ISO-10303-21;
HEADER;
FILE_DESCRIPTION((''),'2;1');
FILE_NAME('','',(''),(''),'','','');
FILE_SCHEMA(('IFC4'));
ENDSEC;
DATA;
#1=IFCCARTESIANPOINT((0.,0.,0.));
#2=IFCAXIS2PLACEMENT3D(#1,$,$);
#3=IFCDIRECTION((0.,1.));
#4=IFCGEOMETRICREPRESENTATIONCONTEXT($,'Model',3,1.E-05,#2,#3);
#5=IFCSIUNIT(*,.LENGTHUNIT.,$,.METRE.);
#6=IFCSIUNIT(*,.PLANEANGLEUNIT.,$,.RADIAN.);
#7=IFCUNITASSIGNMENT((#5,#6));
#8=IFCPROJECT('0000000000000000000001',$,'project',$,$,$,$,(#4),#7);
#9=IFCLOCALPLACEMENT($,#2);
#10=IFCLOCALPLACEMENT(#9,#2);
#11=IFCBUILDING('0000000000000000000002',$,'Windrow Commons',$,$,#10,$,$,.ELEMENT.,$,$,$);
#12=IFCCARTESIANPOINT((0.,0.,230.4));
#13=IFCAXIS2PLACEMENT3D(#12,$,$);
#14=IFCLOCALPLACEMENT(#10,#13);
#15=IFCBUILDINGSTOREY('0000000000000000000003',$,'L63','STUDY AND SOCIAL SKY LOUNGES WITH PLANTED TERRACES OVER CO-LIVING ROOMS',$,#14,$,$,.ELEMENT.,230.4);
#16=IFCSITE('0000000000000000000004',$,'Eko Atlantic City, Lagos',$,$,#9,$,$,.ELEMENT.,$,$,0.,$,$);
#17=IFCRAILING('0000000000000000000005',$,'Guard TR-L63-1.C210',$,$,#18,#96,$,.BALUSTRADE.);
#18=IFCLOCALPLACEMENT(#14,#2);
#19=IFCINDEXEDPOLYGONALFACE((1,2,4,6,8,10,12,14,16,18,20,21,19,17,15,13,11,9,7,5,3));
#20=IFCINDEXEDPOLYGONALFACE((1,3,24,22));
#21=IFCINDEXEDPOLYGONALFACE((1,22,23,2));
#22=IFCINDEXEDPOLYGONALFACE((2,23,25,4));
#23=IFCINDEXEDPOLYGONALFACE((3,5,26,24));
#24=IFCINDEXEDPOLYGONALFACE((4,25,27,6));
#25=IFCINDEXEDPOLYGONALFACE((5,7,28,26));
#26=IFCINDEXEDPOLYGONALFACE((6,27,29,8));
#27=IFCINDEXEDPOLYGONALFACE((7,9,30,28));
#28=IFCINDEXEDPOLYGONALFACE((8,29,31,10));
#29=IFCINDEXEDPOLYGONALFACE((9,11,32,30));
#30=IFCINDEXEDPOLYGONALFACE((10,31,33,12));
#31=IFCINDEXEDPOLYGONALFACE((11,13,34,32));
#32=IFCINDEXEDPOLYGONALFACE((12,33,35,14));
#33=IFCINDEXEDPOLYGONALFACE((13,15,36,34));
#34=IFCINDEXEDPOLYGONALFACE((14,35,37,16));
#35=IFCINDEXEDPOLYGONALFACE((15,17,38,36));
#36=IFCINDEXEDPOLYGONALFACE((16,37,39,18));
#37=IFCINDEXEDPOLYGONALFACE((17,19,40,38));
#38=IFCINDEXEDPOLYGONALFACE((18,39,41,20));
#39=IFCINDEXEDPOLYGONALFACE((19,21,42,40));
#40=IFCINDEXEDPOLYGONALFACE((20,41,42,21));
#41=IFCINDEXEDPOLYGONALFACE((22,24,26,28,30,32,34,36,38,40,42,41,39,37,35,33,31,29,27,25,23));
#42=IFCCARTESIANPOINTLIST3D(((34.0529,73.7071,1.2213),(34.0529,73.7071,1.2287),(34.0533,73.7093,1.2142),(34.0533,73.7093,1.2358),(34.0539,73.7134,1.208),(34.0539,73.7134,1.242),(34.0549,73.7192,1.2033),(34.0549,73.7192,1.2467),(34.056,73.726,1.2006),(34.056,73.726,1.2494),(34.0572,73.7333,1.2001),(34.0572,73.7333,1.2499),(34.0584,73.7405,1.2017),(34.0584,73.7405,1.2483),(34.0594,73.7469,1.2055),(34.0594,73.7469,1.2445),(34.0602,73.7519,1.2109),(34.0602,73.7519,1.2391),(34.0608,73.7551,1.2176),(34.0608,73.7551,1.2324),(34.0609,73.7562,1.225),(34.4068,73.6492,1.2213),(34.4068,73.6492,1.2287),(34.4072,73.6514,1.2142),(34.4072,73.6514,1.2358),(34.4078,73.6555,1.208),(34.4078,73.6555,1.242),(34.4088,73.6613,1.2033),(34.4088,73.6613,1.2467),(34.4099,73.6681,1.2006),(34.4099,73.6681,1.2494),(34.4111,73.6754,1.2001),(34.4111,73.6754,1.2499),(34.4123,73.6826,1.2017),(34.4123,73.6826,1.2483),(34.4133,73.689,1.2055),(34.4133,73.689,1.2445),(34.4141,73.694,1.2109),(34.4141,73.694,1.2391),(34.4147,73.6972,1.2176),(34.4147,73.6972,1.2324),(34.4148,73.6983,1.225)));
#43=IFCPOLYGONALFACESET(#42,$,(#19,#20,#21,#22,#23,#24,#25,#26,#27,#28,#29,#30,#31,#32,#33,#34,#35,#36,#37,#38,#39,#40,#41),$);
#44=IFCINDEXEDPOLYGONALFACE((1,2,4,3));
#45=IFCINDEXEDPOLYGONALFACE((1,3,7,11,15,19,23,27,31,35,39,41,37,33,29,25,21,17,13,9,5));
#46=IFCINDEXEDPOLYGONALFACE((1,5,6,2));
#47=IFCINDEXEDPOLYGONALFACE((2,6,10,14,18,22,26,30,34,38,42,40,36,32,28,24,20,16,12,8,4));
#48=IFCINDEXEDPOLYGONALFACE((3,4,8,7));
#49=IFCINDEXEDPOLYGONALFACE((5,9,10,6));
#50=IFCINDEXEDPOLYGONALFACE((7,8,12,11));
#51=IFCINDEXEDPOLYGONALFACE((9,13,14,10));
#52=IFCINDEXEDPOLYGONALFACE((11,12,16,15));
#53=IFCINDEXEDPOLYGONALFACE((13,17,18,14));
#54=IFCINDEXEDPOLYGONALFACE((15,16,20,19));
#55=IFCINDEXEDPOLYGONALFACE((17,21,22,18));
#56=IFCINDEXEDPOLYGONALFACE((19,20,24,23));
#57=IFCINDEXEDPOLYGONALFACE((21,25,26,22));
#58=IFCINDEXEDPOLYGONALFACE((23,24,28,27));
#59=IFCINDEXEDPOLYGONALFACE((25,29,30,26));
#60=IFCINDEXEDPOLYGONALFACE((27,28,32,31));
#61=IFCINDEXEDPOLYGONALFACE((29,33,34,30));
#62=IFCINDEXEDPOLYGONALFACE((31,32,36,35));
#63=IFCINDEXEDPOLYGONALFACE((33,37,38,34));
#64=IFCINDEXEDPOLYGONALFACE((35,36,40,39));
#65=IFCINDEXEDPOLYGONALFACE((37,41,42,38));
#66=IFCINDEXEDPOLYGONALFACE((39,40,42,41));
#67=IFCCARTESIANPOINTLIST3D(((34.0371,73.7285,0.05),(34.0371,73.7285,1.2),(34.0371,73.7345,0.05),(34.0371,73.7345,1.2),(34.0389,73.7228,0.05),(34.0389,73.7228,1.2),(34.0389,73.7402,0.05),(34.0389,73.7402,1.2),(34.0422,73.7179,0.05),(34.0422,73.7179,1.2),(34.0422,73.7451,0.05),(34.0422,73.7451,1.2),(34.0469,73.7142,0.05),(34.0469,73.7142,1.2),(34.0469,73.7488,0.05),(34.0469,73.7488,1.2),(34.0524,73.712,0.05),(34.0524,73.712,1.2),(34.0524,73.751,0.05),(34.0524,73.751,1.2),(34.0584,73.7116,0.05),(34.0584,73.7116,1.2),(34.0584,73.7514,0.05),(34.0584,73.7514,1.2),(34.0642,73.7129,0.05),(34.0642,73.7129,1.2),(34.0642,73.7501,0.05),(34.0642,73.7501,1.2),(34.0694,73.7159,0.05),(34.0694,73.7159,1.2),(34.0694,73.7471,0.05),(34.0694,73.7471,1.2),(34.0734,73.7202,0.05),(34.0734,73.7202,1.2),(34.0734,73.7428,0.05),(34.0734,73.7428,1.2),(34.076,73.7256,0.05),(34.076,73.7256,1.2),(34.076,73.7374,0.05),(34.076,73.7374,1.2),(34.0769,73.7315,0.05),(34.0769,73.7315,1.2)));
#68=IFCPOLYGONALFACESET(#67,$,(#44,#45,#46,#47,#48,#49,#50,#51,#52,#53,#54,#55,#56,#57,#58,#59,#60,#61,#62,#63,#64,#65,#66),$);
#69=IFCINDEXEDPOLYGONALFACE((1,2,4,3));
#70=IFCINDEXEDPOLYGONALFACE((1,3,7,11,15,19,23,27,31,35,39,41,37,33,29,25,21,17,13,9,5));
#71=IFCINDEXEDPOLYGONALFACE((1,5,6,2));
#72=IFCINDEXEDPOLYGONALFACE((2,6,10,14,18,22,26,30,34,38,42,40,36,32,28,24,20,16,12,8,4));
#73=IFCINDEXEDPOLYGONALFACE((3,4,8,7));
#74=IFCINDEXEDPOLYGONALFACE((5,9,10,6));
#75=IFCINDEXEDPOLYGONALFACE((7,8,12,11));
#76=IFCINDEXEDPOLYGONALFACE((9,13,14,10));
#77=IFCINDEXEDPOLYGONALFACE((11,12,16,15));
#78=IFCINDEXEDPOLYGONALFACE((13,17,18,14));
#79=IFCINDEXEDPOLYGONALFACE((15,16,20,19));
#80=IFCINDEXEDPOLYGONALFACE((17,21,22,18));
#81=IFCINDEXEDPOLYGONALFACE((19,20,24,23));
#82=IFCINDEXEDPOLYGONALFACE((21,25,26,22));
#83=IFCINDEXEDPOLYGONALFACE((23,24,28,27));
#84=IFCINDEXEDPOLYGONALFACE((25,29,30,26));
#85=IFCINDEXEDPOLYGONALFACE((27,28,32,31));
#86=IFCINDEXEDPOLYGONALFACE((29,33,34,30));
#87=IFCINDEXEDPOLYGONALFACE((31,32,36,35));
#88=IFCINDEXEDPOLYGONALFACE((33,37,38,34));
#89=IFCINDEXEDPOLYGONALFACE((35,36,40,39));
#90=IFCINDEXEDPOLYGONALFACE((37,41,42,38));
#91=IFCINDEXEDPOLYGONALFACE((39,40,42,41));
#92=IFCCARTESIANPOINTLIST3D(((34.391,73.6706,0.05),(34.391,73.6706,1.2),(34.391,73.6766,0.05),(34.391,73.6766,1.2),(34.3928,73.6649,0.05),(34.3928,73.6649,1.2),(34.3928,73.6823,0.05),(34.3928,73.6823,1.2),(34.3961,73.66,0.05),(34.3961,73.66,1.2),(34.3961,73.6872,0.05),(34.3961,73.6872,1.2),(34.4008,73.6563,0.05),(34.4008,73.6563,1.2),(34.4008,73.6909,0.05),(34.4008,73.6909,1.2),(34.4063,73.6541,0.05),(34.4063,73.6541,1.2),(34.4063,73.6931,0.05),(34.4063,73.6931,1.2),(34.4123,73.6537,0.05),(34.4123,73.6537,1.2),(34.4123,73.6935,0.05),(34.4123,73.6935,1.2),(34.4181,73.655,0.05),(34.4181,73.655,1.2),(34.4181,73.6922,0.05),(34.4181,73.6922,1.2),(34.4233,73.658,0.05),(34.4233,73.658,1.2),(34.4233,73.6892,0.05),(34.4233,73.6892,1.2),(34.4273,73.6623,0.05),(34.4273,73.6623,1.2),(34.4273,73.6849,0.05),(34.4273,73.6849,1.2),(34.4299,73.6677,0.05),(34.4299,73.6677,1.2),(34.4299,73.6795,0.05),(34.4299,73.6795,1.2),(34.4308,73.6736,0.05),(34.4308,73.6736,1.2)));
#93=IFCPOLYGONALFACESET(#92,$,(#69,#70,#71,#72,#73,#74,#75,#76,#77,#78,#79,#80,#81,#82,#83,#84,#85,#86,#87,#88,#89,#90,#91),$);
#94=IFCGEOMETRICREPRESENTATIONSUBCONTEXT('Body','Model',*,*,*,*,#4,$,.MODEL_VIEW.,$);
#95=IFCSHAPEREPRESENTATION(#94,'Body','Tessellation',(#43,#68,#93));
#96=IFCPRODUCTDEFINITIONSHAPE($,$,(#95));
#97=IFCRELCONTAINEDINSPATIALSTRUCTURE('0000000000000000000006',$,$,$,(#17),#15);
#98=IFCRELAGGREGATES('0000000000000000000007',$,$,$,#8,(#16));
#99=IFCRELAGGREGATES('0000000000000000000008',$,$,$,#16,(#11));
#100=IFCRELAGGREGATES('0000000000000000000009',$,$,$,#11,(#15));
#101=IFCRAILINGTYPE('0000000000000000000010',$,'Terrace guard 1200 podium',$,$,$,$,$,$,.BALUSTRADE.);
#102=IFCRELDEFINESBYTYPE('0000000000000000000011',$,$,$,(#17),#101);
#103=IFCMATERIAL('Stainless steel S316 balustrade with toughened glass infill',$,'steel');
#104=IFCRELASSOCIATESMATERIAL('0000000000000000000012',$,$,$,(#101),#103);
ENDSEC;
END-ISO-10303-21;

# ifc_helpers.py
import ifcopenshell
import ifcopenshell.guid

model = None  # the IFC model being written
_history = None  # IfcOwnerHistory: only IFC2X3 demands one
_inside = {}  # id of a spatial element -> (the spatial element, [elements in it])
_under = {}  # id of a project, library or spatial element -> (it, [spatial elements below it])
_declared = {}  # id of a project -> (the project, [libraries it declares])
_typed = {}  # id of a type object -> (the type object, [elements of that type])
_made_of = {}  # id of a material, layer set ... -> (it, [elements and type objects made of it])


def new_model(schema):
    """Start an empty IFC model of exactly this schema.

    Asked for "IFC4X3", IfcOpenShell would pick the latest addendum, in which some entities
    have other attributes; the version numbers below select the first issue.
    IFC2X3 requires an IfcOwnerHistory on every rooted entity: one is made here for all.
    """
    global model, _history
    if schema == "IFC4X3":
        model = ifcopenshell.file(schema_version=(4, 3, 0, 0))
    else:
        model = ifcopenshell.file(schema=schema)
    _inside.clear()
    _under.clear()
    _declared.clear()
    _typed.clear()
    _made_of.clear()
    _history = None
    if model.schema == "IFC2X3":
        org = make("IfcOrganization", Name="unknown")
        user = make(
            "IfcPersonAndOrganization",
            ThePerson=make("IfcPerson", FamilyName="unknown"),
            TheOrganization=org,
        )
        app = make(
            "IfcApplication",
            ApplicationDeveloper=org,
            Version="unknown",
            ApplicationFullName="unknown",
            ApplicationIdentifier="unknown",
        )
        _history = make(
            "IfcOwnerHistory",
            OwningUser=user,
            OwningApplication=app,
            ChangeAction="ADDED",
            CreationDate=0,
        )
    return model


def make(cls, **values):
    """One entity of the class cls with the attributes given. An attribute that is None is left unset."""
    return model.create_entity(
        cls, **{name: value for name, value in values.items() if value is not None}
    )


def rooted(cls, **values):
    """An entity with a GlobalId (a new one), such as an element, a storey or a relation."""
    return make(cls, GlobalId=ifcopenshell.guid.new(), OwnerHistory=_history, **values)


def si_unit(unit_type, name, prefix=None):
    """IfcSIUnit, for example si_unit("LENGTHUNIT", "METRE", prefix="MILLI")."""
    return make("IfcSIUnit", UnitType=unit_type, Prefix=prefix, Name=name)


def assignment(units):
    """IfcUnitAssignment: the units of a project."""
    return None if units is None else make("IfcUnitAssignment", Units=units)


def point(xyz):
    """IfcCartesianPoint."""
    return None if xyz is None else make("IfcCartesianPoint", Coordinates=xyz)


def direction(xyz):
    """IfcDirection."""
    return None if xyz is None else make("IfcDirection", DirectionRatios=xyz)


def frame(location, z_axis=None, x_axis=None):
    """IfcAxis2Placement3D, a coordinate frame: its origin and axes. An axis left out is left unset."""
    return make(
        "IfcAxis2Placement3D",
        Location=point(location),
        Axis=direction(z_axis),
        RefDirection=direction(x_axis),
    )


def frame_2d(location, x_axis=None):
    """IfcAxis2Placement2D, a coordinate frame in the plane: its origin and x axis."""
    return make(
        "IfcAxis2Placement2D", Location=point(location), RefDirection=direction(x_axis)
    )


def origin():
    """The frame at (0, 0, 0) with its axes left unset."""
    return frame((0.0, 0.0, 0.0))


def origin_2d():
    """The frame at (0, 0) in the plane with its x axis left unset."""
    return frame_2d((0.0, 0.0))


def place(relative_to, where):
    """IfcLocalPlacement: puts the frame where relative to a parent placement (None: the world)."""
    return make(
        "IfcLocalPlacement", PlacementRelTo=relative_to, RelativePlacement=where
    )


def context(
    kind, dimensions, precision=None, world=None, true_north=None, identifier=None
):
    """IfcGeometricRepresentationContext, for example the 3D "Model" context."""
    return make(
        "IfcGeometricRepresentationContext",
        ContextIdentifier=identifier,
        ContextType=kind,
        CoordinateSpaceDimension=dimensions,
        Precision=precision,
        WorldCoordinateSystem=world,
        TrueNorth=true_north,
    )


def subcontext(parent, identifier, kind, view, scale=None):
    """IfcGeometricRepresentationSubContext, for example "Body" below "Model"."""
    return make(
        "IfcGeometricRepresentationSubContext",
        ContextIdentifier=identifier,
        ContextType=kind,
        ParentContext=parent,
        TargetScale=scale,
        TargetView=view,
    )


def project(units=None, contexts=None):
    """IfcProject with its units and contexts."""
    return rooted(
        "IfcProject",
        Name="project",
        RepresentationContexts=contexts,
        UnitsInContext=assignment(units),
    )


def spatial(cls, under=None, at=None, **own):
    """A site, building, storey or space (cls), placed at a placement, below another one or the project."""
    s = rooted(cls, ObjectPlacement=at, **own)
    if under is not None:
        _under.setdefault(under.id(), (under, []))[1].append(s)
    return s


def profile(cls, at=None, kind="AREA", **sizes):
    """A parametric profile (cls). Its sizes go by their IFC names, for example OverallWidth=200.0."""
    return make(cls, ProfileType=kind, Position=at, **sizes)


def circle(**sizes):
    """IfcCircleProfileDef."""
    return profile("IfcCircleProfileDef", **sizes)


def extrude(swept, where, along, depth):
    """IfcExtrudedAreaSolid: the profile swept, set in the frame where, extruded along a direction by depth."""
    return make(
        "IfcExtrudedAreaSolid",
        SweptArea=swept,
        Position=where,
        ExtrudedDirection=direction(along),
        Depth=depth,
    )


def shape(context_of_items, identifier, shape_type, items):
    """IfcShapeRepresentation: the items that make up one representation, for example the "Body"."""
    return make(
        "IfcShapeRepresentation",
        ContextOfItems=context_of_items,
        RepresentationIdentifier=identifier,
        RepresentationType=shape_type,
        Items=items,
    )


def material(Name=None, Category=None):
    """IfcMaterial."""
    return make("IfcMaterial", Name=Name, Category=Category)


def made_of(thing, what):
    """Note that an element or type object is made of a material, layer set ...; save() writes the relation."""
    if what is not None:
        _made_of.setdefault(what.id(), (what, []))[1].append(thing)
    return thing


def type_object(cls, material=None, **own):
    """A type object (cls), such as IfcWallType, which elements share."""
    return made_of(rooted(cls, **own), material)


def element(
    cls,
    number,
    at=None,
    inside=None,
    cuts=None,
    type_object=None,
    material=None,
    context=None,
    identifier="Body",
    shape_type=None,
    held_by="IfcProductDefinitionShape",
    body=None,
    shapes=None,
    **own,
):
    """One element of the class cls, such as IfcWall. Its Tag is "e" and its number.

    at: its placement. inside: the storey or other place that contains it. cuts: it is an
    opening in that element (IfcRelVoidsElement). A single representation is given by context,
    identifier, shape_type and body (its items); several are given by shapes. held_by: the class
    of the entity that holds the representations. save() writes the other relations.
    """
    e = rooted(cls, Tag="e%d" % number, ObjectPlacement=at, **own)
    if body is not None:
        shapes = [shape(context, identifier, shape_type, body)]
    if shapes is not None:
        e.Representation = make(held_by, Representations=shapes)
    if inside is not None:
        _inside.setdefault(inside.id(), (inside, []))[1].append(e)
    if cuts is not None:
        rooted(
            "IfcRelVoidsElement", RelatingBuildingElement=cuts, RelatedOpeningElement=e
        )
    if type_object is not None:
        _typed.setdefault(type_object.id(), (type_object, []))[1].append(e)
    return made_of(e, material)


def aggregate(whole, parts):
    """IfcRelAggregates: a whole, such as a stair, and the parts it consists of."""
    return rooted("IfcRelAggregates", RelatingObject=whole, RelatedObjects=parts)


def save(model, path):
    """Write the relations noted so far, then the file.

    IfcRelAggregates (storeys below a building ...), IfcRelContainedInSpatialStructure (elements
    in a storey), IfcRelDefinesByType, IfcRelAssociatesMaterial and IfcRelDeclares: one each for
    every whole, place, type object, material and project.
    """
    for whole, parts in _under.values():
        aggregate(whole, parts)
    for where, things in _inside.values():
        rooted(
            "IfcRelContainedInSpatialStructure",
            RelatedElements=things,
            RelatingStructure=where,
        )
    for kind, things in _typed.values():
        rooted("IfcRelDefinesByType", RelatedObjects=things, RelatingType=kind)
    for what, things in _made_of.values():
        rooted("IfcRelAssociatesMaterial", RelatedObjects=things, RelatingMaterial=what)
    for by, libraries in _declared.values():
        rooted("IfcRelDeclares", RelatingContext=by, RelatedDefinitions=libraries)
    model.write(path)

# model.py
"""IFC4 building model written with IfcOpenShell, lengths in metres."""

from ifc_helpers import new_model, si_unit, direction, frame, origin, origin_2d, place, context, subcontext, project, spatial, circle, extrude, material, type_object, element, save


model = new_model("IFC4")

# Units and contexts
model_context = context("Model", 3, precision=1e-05, world=origin(), true_north=direction((0.0, 1.0)))
body_context = subcontext(model_context, "Body", "Model", "MODEL_VIEW")
ifc_project = project(units=[si_unit("LENGTHUNIT", "METRE"), si_unit("PLANEANGLEUNIT", "RADIAN")], contexts=[model_context])

# Site, building, storey
site_placement = place(None, origin())
site = spatial("IfcSite", under=ifc_project, at=site_placement, Name="Eko Atlantic City, Lagos", CompositionType="ELEMENT", RefElevation=0.0)
building_placement = place(site_placement, origin())
building = spatial("IfcBuilding", under=site, at=building_placement, Name="Windrow Commons", CompositionType="ELEMENT")
storey_placement = place(building_placement, frame((0.0, 0.0, 230.4)))
storey = spatial("IfcBuildingStorey", under=building, at=storey_placement, Name="L63", Description="STUDY AND SOCIAL SKY LOUNGES WITH PLANTED TERRACES OVER CO-LIVING ROOMS", CompositionType="ELEMENT", Elevation=230.4)

# Railing
ifc_material_1 = material(Name="Stainless steel S316 balustrade with toughened glass infill", Category="steel")
railing_type = type_object("IfcRailingType", Name="Terrace guard 1200 podium", PredefinedType="BALUSTRADE", material=ifc_material_1)
railing_1_placement = place(storey_placement, frame((34.0569, 73.7315, 0.05)))
element("IfcRailing", 1, at=railing_1_placement, inside=storey, type_object=railing_type, Name="Guard TR-L63-1.C210", PredefinedType="BALUSTRADE", context=body_context, shape_type="SweptSolid", body=[
    extrude(circle(Radius=0.025, at=origin_2d()), frame((0.0, 0.0, 1.175), z_axis=(0.986879, -0.161459, 0.0), x_axis=(0.161459, 0.986879, 0.0)), (0.0, 0.0, 1.0), 0.3586),
    extrude(circle(Radius=0.02, at=origin_2d()), origin(), (0.0, 0.0, 1.0), 1.15),
    extrude(circle(Radius=0.02, at=origin_2d()), frame((0.3539, -0.0579, 0.0)), (0.0, 0.0, 1.0), 1.15),
])

save(model, "model.ifc")
